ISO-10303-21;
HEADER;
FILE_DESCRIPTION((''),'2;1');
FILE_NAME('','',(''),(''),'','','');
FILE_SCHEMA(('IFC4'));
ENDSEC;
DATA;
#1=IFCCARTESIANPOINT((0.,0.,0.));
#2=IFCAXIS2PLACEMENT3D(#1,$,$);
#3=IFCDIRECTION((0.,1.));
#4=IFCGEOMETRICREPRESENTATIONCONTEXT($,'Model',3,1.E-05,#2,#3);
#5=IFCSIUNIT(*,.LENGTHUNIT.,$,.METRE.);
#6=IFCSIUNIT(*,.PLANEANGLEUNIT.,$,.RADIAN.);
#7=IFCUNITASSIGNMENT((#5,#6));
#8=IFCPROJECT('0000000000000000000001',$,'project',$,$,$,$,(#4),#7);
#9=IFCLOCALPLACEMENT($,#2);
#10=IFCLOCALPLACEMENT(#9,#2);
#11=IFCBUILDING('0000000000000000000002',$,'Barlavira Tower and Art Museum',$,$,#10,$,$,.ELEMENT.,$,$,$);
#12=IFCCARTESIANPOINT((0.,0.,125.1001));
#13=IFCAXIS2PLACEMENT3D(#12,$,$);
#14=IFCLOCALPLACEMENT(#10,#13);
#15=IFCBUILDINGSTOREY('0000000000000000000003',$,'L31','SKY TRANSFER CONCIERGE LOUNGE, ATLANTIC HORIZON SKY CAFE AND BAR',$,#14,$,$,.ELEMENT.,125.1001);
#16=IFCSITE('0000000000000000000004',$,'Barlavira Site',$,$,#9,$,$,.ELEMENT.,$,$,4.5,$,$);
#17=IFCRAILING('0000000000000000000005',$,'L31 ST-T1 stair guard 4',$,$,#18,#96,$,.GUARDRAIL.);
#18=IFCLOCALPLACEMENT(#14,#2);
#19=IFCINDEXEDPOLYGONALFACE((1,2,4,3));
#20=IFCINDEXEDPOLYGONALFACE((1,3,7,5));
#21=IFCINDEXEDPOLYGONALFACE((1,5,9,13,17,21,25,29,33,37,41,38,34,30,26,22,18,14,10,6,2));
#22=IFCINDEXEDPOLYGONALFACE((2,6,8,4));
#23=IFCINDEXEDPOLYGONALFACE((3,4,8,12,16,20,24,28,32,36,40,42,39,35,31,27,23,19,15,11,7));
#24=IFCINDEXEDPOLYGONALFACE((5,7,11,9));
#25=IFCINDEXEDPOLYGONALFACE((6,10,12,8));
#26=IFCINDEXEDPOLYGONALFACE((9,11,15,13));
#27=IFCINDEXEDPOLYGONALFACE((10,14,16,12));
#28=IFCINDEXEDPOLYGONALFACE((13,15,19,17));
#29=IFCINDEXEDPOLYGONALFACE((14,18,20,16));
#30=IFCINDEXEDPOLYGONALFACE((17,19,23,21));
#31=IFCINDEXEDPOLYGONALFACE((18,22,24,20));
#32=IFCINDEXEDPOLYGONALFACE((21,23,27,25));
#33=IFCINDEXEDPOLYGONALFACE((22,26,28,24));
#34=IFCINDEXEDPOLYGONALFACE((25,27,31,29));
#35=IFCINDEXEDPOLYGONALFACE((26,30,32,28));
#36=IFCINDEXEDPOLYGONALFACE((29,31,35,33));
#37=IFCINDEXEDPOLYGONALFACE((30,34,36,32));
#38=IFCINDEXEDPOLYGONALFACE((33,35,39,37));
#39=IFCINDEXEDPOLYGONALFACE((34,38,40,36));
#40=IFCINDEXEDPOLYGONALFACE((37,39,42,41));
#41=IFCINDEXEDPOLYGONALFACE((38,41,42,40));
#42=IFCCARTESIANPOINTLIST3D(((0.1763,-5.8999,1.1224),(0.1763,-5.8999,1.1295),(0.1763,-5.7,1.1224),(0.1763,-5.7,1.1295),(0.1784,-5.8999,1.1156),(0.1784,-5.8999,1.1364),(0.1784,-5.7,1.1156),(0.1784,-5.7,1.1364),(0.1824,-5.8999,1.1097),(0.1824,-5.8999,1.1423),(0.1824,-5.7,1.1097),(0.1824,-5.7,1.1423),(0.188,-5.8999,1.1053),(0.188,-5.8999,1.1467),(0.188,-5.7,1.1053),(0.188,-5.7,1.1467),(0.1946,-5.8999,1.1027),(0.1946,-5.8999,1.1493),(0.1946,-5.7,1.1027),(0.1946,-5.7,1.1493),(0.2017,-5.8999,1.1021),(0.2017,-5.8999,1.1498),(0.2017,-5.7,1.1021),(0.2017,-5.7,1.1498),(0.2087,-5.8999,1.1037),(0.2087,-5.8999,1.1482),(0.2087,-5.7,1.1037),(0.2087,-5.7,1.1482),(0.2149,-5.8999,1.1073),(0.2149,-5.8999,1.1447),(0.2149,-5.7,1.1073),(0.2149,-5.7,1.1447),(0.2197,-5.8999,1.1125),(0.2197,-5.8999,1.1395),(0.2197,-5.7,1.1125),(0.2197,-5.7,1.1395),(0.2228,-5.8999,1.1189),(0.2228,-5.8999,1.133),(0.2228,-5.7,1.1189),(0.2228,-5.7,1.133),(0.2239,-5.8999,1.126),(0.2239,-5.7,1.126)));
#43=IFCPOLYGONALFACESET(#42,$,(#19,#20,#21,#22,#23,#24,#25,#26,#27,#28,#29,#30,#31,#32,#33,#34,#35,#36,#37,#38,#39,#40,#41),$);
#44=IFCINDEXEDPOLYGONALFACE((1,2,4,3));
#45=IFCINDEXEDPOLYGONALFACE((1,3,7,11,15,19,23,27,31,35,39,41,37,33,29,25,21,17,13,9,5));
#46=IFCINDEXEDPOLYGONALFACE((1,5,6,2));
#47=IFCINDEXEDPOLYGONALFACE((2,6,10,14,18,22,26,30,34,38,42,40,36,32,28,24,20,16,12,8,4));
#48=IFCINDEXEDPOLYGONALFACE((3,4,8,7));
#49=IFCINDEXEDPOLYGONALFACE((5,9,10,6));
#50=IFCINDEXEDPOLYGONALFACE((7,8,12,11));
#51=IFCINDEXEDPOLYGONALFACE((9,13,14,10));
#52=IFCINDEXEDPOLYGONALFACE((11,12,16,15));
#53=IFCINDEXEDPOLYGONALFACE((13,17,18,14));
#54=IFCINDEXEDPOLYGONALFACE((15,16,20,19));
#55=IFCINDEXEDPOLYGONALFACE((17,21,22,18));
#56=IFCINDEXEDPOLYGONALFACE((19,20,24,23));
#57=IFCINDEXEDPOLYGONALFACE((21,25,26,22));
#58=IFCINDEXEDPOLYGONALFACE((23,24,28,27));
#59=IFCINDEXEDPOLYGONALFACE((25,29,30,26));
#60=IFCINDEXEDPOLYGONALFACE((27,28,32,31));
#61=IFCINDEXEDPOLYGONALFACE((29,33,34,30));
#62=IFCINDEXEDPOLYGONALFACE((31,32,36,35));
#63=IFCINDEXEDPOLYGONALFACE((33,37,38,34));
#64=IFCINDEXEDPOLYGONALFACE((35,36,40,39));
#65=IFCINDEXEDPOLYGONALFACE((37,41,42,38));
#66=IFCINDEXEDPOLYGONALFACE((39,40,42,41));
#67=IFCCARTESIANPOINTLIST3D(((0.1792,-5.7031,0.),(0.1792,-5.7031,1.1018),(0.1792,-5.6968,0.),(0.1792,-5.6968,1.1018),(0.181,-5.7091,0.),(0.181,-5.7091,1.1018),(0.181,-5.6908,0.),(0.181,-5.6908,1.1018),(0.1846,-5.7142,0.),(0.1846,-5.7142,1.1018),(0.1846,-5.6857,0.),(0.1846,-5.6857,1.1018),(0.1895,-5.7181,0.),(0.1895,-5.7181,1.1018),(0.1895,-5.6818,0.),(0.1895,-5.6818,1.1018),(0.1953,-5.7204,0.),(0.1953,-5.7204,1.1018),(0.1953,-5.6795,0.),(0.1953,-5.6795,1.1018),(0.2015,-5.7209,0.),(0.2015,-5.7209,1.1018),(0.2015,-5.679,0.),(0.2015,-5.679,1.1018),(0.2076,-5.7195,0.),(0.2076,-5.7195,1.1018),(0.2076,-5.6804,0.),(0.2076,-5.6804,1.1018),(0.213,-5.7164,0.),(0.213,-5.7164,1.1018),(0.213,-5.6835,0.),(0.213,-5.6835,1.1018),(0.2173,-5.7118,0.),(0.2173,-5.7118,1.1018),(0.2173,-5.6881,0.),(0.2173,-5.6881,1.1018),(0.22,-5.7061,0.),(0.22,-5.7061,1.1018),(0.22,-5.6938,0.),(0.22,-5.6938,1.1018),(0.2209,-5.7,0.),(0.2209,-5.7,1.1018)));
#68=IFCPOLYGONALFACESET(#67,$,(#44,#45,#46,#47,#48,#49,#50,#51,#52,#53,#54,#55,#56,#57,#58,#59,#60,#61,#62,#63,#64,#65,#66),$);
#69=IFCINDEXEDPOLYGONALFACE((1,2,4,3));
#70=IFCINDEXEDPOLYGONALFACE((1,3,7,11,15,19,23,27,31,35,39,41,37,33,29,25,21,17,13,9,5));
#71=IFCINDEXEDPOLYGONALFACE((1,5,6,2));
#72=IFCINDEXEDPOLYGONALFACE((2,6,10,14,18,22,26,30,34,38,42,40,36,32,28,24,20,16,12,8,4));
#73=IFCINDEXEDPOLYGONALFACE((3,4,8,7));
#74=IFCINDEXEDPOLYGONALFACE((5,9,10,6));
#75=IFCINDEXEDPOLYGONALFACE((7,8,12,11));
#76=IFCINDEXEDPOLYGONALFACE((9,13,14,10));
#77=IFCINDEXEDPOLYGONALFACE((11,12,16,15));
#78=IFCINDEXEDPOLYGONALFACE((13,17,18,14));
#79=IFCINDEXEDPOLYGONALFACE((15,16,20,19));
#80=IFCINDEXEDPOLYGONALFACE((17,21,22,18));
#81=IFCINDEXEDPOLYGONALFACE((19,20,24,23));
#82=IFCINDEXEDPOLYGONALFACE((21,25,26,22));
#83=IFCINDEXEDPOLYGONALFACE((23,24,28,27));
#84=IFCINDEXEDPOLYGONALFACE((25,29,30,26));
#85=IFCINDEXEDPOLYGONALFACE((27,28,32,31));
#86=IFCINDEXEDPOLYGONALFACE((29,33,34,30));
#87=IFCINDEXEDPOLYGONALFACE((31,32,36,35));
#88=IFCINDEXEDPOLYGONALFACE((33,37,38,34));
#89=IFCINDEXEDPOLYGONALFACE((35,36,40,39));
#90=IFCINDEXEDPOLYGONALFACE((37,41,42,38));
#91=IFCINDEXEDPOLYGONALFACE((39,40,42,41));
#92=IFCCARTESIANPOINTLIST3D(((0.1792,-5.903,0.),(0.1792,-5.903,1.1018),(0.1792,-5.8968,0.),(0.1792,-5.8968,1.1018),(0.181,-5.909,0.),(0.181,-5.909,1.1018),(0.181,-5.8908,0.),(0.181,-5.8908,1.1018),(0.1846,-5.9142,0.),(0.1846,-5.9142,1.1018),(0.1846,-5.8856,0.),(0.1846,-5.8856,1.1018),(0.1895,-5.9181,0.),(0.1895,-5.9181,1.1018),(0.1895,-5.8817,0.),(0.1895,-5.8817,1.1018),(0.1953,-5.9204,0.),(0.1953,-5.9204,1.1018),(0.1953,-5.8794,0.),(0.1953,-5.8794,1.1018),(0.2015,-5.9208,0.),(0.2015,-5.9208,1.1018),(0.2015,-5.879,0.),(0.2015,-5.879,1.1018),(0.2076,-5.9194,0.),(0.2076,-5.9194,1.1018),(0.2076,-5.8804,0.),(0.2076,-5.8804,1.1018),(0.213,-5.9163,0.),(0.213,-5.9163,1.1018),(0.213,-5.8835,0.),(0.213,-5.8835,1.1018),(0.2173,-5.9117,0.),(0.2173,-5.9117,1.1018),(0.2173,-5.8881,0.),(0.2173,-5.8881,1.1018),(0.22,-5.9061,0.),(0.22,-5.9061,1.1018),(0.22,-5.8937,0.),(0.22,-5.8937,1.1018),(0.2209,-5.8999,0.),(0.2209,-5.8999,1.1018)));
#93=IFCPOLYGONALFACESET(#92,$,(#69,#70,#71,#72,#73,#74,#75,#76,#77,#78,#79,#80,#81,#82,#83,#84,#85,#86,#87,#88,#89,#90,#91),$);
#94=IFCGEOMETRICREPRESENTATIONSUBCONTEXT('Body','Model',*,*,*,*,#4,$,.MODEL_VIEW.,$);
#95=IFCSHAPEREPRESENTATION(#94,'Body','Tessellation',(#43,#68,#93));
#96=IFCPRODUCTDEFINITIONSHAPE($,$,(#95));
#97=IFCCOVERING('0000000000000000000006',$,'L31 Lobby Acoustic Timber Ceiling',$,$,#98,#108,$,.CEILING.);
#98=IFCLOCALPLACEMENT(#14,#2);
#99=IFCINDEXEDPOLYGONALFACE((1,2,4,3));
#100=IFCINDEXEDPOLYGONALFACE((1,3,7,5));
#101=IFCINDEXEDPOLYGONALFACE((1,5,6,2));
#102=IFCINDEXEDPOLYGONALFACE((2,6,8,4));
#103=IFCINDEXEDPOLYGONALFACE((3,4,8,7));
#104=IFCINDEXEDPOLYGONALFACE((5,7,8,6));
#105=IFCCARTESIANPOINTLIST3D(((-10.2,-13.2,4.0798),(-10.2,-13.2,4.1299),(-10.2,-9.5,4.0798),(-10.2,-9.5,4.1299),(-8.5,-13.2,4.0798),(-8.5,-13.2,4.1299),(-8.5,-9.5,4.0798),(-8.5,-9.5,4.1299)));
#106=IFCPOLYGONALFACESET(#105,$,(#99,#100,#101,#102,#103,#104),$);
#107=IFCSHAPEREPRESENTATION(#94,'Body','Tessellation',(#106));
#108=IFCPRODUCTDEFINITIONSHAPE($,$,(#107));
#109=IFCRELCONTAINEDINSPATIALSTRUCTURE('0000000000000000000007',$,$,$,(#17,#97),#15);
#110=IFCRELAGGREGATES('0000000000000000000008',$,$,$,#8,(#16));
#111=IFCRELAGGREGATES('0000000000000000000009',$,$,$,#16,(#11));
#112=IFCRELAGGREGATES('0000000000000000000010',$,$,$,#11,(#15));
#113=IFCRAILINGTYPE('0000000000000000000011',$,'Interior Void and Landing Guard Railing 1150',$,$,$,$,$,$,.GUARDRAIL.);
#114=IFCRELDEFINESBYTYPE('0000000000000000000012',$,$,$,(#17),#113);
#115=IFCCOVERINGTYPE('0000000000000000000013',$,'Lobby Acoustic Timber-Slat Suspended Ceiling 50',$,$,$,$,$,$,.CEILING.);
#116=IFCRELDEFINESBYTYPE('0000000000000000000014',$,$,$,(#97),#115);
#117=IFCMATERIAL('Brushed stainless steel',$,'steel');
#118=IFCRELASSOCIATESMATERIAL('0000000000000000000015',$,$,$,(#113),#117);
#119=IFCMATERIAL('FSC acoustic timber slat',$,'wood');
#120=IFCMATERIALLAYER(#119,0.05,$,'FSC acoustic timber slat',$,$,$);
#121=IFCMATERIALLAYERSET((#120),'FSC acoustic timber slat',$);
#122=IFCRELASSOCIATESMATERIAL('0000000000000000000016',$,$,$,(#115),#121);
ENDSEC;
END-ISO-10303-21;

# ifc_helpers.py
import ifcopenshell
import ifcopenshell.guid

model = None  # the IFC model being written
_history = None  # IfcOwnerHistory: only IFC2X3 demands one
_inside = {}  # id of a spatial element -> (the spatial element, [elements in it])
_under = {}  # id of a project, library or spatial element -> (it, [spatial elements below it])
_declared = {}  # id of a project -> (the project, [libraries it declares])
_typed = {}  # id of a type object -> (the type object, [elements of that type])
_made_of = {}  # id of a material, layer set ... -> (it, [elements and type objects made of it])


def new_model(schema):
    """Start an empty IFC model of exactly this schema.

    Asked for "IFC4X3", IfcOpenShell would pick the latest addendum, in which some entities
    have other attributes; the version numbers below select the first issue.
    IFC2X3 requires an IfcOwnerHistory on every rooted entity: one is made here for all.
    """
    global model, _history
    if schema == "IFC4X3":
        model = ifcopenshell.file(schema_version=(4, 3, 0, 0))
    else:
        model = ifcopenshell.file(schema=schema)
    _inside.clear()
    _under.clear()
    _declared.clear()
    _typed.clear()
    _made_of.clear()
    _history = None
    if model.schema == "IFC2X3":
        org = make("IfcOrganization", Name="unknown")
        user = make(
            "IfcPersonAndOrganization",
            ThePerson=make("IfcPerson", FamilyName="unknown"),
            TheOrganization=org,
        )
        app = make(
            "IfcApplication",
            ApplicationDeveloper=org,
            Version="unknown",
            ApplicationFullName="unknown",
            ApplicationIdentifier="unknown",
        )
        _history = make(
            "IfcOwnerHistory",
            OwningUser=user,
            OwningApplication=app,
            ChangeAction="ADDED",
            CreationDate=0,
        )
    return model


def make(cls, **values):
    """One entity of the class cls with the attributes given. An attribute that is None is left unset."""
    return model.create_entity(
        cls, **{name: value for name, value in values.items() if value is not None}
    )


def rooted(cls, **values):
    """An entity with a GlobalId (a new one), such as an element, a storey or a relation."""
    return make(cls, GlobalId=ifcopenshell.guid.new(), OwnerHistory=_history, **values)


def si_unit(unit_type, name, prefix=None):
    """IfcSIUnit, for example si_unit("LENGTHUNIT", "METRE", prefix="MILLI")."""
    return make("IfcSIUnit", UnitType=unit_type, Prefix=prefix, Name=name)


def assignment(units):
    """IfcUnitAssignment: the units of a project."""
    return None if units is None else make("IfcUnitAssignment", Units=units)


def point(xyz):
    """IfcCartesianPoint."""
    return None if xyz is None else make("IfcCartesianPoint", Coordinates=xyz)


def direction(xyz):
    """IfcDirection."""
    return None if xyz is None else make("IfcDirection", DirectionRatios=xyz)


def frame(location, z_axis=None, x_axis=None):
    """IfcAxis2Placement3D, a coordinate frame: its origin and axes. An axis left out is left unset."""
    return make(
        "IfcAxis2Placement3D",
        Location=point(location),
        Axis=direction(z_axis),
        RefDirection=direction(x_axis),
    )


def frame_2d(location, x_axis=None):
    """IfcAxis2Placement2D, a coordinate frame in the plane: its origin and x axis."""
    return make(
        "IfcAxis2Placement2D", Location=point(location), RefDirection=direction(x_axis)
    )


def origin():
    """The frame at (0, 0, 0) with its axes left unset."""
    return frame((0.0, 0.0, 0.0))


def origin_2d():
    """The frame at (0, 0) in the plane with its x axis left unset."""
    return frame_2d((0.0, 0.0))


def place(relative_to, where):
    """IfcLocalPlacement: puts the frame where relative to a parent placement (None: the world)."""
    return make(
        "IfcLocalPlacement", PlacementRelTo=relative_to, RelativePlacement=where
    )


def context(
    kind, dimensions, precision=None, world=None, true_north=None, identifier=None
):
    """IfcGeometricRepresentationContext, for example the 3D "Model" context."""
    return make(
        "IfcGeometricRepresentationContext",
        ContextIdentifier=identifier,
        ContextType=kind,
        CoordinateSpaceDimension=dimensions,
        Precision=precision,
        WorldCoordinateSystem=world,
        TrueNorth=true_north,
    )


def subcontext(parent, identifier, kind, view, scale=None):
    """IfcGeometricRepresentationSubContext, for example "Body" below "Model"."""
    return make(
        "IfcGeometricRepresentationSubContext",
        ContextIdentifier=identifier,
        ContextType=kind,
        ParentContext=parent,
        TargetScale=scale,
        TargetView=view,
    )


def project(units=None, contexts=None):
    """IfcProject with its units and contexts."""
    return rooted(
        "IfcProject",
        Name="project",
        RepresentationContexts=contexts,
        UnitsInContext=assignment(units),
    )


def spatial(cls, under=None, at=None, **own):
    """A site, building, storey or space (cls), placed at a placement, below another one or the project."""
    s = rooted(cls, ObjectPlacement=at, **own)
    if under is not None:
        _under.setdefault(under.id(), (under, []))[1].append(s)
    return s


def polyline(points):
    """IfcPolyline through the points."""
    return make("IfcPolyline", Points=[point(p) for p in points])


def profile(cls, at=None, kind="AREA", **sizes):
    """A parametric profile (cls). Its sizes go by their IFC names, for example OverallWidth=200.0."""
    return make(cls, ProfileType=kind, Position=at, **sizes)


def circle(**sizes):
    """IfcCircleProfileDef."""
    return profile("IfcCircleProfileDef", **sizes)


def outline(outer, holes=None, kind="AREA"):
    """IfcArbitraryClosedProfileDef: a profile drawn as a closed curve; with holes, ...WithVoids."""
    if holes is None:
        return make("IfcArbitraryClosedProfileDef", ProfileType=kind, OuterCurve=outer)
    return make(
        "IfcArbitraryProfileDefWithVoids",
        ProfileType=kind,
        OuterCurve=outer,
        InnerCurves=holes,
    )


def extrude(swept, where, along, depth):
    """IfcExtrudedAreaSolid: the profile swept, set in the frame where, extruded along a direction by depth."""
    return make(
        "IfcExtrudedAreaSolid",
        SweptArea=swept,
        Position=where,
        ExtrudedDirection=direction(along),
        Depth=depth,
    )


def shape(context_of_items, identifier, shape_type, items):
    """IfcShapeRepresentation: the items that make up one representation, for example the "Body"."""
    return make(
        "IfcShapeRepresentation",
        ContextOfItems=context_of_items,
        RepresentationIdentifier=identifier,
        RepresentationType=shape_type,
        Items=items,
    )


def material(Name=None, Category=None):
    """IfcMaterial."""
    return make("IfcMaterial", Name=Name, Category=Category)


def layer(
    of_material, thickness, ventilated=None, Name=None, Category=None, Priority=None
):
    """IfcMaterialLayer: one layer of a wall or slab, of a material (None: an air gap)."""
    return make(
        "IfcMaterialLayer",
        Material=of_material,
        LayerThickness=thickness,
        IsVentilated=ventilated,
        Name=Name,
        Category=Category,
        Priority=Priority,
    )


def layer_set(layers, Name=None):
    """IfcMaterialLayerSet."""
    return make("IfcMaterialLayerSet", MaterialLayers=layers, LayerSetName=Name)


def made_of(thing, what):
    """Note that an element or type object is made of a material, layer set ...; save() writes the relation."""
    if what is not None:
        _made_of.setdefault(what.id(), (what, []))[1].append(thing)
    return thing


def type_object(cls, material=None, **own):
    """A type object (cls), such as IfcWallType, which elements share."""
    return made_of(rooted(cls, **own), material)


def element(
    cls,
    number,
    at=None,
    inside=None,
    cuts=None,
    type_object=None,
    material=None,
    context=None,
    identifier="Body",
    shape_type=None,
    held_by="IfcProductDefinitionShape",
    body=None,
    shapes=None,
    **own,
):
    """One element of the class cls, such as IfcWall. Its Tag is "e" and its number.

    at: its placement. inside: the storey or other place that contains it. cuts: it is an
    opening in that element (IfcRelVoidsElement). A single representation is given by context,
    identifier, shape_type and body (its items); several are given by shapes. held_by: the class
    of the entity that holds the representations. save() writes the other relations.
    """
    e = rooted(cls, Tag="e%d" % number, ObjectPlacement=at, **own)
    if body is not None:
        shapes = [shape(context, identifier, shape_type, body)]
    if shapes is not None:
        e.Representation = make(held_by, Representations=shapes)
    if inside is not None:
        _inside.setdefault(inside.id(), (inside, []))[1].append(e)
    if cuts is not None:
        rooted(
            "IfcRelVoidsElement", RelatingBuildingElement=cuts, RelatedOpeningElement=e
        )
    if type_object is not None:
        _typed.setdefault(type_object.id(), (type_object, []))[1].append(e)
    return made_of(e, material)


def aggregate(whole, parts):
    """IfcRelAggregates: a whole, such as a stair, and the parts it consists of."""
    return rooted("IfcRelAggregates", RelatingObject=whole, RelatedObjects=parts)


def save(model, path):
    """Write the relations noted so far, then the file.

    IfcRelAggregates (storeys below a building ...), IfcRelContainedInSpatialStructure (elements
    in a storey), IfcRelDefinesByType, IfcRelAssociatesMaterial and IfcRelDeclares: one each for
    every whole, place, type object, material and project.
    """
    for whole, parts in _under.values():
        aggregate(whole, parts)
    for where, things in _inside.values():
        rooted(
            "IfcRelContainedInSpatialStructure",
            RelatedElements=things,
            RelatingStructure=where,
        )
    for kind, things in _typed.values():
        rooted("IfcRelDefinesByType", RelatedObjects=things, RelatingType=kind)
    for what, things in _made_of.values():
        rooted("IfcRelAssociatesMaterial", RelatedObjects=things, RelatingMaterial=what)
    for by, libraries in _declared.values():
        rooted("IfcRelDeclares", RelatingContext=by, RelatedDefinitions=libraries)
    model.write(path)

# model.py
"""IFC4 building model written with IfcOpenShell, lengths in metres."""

from ifc_helpers import new_model, si_unit, direction, frame, origin, origin_2d, place, context, subcontext, project, spatial, polyline, circle, outline, extrude, material, layer, layer_set, type_object, element, save


model = new_model("IFC4")

# Units and contexts
model_context = context("Model", 3, precision=1e-05, world=origin(), true_north=direction((0.0, 1.0)))
body_context = subcontext(model_context, "Body", "Model", "MODEL_VIEW")
ifc_project = project(units=[si_unit("LENGTHUNIT", "METRE"), si_unit("PLANEANGLEUNIT", "RADIAN")], contexts=[model_context])

# Site, building, storey
site_placement = place(None, origin())
site = spatial("IfcSite", under=ifc_project, at=site_placement, Name="Barlavira Site", CompositionType="ELEMENT", RefElevation=4.5)
building_placement = place(site_placement, origin())
building = spatial("IfcBuilding", under=site, at=building_placement, Name="Barlavira Tower and Art Museum", CompositionType="ELEMENT")
storey_placement = place(building_placement, frame((0.0, 0.0, 125.1001)))
storey = spatial("IfcBuildingStorey", under=building, at=storey_placement, Name="L31", Description="SKY TRANSFER CONCIERGE LOUNGE, ATLANTIC HORIZON SKY CAFE AND BAR", CompositionType="ELEMENT", Elevation=125.1001)

# Shared definitions
ifc_material_1 = material(Name="Brushed stainless steel", Category="steel")

# Railing
railing_type_1 = type_object("IfcRailingType", Name="Interior Void and Landing Guard Railing 1150", PredefinedType="GUARDRAIL", material=ifc_material_1)
railing_1_placement = place(storey_placement, frame((0.2, -5.7, 0.0)))
element("IfcRailing", 1, at=railing_1_placement, inside=storey, type_object=railing_type_1, Name="L31 ST-T1 stair guard 4", PredefinedType="GUARDRAIL", context=body_context, shape_type="SweptSolid", body=[
    extrude(circle(Radius=0.0239, at=origin_2d()), frame((0.0, 0.0, 1.126), z_axis=(0.0, -1.0, 0.0), x_axis=(1.0, 0.0, 0.0)), (0.0, 0.0, 1.0), 0.2),
    extrude(circle(Radius=0.021, at=origin_2d()), origin(), (0.0, 0.0, 1.0), 1.1018),
    extrude(circle(Radius=0.021, at=origin_2d()), frame((0.0, -0.2, 0.0)), (0.0, 0.0, 1.0), 1.1018),
])

# Covering
ifc_material_2 = material(Name="FSC acoustic timber slat", Category="wood")
ifc_layer_1 = layer(ifc_material_2, 0.05, Name="FSC acoustic timber slat")
ifc_layer_set_1 = layer_set([ifc_layer_1], Name="FSC acoustic timber slat")
covering_type_1 = type_object("IfcCoveringType", Name="Lobby Acoustic Timber-Slat Suspended Ceiling 50", PredefinedType="CEILING", material=ifc_layer_set_1)
covering_1_placement = place(storey_placement, frame((0.0, 0.0, 4.0798)))
element("IfcCovering", 2, at=covering_1_placement, inside=storey, type_object=covering_type_1, Name="L31 Lobby Acoustic Timber Ceiling", PredefinedType="CEILING", context=body_context, shape_type="SweptSolid", body=[
    extrude(outline(polyline([(-10.2, -13.2), (-8.5, -13.2), (-8.5, -9.5), (-10.2, -9.5), (-10.2, -13.2)])), origin(), (0.0, 0.0, 1.0), 0.05),
])

save(model, "model.ifc")
